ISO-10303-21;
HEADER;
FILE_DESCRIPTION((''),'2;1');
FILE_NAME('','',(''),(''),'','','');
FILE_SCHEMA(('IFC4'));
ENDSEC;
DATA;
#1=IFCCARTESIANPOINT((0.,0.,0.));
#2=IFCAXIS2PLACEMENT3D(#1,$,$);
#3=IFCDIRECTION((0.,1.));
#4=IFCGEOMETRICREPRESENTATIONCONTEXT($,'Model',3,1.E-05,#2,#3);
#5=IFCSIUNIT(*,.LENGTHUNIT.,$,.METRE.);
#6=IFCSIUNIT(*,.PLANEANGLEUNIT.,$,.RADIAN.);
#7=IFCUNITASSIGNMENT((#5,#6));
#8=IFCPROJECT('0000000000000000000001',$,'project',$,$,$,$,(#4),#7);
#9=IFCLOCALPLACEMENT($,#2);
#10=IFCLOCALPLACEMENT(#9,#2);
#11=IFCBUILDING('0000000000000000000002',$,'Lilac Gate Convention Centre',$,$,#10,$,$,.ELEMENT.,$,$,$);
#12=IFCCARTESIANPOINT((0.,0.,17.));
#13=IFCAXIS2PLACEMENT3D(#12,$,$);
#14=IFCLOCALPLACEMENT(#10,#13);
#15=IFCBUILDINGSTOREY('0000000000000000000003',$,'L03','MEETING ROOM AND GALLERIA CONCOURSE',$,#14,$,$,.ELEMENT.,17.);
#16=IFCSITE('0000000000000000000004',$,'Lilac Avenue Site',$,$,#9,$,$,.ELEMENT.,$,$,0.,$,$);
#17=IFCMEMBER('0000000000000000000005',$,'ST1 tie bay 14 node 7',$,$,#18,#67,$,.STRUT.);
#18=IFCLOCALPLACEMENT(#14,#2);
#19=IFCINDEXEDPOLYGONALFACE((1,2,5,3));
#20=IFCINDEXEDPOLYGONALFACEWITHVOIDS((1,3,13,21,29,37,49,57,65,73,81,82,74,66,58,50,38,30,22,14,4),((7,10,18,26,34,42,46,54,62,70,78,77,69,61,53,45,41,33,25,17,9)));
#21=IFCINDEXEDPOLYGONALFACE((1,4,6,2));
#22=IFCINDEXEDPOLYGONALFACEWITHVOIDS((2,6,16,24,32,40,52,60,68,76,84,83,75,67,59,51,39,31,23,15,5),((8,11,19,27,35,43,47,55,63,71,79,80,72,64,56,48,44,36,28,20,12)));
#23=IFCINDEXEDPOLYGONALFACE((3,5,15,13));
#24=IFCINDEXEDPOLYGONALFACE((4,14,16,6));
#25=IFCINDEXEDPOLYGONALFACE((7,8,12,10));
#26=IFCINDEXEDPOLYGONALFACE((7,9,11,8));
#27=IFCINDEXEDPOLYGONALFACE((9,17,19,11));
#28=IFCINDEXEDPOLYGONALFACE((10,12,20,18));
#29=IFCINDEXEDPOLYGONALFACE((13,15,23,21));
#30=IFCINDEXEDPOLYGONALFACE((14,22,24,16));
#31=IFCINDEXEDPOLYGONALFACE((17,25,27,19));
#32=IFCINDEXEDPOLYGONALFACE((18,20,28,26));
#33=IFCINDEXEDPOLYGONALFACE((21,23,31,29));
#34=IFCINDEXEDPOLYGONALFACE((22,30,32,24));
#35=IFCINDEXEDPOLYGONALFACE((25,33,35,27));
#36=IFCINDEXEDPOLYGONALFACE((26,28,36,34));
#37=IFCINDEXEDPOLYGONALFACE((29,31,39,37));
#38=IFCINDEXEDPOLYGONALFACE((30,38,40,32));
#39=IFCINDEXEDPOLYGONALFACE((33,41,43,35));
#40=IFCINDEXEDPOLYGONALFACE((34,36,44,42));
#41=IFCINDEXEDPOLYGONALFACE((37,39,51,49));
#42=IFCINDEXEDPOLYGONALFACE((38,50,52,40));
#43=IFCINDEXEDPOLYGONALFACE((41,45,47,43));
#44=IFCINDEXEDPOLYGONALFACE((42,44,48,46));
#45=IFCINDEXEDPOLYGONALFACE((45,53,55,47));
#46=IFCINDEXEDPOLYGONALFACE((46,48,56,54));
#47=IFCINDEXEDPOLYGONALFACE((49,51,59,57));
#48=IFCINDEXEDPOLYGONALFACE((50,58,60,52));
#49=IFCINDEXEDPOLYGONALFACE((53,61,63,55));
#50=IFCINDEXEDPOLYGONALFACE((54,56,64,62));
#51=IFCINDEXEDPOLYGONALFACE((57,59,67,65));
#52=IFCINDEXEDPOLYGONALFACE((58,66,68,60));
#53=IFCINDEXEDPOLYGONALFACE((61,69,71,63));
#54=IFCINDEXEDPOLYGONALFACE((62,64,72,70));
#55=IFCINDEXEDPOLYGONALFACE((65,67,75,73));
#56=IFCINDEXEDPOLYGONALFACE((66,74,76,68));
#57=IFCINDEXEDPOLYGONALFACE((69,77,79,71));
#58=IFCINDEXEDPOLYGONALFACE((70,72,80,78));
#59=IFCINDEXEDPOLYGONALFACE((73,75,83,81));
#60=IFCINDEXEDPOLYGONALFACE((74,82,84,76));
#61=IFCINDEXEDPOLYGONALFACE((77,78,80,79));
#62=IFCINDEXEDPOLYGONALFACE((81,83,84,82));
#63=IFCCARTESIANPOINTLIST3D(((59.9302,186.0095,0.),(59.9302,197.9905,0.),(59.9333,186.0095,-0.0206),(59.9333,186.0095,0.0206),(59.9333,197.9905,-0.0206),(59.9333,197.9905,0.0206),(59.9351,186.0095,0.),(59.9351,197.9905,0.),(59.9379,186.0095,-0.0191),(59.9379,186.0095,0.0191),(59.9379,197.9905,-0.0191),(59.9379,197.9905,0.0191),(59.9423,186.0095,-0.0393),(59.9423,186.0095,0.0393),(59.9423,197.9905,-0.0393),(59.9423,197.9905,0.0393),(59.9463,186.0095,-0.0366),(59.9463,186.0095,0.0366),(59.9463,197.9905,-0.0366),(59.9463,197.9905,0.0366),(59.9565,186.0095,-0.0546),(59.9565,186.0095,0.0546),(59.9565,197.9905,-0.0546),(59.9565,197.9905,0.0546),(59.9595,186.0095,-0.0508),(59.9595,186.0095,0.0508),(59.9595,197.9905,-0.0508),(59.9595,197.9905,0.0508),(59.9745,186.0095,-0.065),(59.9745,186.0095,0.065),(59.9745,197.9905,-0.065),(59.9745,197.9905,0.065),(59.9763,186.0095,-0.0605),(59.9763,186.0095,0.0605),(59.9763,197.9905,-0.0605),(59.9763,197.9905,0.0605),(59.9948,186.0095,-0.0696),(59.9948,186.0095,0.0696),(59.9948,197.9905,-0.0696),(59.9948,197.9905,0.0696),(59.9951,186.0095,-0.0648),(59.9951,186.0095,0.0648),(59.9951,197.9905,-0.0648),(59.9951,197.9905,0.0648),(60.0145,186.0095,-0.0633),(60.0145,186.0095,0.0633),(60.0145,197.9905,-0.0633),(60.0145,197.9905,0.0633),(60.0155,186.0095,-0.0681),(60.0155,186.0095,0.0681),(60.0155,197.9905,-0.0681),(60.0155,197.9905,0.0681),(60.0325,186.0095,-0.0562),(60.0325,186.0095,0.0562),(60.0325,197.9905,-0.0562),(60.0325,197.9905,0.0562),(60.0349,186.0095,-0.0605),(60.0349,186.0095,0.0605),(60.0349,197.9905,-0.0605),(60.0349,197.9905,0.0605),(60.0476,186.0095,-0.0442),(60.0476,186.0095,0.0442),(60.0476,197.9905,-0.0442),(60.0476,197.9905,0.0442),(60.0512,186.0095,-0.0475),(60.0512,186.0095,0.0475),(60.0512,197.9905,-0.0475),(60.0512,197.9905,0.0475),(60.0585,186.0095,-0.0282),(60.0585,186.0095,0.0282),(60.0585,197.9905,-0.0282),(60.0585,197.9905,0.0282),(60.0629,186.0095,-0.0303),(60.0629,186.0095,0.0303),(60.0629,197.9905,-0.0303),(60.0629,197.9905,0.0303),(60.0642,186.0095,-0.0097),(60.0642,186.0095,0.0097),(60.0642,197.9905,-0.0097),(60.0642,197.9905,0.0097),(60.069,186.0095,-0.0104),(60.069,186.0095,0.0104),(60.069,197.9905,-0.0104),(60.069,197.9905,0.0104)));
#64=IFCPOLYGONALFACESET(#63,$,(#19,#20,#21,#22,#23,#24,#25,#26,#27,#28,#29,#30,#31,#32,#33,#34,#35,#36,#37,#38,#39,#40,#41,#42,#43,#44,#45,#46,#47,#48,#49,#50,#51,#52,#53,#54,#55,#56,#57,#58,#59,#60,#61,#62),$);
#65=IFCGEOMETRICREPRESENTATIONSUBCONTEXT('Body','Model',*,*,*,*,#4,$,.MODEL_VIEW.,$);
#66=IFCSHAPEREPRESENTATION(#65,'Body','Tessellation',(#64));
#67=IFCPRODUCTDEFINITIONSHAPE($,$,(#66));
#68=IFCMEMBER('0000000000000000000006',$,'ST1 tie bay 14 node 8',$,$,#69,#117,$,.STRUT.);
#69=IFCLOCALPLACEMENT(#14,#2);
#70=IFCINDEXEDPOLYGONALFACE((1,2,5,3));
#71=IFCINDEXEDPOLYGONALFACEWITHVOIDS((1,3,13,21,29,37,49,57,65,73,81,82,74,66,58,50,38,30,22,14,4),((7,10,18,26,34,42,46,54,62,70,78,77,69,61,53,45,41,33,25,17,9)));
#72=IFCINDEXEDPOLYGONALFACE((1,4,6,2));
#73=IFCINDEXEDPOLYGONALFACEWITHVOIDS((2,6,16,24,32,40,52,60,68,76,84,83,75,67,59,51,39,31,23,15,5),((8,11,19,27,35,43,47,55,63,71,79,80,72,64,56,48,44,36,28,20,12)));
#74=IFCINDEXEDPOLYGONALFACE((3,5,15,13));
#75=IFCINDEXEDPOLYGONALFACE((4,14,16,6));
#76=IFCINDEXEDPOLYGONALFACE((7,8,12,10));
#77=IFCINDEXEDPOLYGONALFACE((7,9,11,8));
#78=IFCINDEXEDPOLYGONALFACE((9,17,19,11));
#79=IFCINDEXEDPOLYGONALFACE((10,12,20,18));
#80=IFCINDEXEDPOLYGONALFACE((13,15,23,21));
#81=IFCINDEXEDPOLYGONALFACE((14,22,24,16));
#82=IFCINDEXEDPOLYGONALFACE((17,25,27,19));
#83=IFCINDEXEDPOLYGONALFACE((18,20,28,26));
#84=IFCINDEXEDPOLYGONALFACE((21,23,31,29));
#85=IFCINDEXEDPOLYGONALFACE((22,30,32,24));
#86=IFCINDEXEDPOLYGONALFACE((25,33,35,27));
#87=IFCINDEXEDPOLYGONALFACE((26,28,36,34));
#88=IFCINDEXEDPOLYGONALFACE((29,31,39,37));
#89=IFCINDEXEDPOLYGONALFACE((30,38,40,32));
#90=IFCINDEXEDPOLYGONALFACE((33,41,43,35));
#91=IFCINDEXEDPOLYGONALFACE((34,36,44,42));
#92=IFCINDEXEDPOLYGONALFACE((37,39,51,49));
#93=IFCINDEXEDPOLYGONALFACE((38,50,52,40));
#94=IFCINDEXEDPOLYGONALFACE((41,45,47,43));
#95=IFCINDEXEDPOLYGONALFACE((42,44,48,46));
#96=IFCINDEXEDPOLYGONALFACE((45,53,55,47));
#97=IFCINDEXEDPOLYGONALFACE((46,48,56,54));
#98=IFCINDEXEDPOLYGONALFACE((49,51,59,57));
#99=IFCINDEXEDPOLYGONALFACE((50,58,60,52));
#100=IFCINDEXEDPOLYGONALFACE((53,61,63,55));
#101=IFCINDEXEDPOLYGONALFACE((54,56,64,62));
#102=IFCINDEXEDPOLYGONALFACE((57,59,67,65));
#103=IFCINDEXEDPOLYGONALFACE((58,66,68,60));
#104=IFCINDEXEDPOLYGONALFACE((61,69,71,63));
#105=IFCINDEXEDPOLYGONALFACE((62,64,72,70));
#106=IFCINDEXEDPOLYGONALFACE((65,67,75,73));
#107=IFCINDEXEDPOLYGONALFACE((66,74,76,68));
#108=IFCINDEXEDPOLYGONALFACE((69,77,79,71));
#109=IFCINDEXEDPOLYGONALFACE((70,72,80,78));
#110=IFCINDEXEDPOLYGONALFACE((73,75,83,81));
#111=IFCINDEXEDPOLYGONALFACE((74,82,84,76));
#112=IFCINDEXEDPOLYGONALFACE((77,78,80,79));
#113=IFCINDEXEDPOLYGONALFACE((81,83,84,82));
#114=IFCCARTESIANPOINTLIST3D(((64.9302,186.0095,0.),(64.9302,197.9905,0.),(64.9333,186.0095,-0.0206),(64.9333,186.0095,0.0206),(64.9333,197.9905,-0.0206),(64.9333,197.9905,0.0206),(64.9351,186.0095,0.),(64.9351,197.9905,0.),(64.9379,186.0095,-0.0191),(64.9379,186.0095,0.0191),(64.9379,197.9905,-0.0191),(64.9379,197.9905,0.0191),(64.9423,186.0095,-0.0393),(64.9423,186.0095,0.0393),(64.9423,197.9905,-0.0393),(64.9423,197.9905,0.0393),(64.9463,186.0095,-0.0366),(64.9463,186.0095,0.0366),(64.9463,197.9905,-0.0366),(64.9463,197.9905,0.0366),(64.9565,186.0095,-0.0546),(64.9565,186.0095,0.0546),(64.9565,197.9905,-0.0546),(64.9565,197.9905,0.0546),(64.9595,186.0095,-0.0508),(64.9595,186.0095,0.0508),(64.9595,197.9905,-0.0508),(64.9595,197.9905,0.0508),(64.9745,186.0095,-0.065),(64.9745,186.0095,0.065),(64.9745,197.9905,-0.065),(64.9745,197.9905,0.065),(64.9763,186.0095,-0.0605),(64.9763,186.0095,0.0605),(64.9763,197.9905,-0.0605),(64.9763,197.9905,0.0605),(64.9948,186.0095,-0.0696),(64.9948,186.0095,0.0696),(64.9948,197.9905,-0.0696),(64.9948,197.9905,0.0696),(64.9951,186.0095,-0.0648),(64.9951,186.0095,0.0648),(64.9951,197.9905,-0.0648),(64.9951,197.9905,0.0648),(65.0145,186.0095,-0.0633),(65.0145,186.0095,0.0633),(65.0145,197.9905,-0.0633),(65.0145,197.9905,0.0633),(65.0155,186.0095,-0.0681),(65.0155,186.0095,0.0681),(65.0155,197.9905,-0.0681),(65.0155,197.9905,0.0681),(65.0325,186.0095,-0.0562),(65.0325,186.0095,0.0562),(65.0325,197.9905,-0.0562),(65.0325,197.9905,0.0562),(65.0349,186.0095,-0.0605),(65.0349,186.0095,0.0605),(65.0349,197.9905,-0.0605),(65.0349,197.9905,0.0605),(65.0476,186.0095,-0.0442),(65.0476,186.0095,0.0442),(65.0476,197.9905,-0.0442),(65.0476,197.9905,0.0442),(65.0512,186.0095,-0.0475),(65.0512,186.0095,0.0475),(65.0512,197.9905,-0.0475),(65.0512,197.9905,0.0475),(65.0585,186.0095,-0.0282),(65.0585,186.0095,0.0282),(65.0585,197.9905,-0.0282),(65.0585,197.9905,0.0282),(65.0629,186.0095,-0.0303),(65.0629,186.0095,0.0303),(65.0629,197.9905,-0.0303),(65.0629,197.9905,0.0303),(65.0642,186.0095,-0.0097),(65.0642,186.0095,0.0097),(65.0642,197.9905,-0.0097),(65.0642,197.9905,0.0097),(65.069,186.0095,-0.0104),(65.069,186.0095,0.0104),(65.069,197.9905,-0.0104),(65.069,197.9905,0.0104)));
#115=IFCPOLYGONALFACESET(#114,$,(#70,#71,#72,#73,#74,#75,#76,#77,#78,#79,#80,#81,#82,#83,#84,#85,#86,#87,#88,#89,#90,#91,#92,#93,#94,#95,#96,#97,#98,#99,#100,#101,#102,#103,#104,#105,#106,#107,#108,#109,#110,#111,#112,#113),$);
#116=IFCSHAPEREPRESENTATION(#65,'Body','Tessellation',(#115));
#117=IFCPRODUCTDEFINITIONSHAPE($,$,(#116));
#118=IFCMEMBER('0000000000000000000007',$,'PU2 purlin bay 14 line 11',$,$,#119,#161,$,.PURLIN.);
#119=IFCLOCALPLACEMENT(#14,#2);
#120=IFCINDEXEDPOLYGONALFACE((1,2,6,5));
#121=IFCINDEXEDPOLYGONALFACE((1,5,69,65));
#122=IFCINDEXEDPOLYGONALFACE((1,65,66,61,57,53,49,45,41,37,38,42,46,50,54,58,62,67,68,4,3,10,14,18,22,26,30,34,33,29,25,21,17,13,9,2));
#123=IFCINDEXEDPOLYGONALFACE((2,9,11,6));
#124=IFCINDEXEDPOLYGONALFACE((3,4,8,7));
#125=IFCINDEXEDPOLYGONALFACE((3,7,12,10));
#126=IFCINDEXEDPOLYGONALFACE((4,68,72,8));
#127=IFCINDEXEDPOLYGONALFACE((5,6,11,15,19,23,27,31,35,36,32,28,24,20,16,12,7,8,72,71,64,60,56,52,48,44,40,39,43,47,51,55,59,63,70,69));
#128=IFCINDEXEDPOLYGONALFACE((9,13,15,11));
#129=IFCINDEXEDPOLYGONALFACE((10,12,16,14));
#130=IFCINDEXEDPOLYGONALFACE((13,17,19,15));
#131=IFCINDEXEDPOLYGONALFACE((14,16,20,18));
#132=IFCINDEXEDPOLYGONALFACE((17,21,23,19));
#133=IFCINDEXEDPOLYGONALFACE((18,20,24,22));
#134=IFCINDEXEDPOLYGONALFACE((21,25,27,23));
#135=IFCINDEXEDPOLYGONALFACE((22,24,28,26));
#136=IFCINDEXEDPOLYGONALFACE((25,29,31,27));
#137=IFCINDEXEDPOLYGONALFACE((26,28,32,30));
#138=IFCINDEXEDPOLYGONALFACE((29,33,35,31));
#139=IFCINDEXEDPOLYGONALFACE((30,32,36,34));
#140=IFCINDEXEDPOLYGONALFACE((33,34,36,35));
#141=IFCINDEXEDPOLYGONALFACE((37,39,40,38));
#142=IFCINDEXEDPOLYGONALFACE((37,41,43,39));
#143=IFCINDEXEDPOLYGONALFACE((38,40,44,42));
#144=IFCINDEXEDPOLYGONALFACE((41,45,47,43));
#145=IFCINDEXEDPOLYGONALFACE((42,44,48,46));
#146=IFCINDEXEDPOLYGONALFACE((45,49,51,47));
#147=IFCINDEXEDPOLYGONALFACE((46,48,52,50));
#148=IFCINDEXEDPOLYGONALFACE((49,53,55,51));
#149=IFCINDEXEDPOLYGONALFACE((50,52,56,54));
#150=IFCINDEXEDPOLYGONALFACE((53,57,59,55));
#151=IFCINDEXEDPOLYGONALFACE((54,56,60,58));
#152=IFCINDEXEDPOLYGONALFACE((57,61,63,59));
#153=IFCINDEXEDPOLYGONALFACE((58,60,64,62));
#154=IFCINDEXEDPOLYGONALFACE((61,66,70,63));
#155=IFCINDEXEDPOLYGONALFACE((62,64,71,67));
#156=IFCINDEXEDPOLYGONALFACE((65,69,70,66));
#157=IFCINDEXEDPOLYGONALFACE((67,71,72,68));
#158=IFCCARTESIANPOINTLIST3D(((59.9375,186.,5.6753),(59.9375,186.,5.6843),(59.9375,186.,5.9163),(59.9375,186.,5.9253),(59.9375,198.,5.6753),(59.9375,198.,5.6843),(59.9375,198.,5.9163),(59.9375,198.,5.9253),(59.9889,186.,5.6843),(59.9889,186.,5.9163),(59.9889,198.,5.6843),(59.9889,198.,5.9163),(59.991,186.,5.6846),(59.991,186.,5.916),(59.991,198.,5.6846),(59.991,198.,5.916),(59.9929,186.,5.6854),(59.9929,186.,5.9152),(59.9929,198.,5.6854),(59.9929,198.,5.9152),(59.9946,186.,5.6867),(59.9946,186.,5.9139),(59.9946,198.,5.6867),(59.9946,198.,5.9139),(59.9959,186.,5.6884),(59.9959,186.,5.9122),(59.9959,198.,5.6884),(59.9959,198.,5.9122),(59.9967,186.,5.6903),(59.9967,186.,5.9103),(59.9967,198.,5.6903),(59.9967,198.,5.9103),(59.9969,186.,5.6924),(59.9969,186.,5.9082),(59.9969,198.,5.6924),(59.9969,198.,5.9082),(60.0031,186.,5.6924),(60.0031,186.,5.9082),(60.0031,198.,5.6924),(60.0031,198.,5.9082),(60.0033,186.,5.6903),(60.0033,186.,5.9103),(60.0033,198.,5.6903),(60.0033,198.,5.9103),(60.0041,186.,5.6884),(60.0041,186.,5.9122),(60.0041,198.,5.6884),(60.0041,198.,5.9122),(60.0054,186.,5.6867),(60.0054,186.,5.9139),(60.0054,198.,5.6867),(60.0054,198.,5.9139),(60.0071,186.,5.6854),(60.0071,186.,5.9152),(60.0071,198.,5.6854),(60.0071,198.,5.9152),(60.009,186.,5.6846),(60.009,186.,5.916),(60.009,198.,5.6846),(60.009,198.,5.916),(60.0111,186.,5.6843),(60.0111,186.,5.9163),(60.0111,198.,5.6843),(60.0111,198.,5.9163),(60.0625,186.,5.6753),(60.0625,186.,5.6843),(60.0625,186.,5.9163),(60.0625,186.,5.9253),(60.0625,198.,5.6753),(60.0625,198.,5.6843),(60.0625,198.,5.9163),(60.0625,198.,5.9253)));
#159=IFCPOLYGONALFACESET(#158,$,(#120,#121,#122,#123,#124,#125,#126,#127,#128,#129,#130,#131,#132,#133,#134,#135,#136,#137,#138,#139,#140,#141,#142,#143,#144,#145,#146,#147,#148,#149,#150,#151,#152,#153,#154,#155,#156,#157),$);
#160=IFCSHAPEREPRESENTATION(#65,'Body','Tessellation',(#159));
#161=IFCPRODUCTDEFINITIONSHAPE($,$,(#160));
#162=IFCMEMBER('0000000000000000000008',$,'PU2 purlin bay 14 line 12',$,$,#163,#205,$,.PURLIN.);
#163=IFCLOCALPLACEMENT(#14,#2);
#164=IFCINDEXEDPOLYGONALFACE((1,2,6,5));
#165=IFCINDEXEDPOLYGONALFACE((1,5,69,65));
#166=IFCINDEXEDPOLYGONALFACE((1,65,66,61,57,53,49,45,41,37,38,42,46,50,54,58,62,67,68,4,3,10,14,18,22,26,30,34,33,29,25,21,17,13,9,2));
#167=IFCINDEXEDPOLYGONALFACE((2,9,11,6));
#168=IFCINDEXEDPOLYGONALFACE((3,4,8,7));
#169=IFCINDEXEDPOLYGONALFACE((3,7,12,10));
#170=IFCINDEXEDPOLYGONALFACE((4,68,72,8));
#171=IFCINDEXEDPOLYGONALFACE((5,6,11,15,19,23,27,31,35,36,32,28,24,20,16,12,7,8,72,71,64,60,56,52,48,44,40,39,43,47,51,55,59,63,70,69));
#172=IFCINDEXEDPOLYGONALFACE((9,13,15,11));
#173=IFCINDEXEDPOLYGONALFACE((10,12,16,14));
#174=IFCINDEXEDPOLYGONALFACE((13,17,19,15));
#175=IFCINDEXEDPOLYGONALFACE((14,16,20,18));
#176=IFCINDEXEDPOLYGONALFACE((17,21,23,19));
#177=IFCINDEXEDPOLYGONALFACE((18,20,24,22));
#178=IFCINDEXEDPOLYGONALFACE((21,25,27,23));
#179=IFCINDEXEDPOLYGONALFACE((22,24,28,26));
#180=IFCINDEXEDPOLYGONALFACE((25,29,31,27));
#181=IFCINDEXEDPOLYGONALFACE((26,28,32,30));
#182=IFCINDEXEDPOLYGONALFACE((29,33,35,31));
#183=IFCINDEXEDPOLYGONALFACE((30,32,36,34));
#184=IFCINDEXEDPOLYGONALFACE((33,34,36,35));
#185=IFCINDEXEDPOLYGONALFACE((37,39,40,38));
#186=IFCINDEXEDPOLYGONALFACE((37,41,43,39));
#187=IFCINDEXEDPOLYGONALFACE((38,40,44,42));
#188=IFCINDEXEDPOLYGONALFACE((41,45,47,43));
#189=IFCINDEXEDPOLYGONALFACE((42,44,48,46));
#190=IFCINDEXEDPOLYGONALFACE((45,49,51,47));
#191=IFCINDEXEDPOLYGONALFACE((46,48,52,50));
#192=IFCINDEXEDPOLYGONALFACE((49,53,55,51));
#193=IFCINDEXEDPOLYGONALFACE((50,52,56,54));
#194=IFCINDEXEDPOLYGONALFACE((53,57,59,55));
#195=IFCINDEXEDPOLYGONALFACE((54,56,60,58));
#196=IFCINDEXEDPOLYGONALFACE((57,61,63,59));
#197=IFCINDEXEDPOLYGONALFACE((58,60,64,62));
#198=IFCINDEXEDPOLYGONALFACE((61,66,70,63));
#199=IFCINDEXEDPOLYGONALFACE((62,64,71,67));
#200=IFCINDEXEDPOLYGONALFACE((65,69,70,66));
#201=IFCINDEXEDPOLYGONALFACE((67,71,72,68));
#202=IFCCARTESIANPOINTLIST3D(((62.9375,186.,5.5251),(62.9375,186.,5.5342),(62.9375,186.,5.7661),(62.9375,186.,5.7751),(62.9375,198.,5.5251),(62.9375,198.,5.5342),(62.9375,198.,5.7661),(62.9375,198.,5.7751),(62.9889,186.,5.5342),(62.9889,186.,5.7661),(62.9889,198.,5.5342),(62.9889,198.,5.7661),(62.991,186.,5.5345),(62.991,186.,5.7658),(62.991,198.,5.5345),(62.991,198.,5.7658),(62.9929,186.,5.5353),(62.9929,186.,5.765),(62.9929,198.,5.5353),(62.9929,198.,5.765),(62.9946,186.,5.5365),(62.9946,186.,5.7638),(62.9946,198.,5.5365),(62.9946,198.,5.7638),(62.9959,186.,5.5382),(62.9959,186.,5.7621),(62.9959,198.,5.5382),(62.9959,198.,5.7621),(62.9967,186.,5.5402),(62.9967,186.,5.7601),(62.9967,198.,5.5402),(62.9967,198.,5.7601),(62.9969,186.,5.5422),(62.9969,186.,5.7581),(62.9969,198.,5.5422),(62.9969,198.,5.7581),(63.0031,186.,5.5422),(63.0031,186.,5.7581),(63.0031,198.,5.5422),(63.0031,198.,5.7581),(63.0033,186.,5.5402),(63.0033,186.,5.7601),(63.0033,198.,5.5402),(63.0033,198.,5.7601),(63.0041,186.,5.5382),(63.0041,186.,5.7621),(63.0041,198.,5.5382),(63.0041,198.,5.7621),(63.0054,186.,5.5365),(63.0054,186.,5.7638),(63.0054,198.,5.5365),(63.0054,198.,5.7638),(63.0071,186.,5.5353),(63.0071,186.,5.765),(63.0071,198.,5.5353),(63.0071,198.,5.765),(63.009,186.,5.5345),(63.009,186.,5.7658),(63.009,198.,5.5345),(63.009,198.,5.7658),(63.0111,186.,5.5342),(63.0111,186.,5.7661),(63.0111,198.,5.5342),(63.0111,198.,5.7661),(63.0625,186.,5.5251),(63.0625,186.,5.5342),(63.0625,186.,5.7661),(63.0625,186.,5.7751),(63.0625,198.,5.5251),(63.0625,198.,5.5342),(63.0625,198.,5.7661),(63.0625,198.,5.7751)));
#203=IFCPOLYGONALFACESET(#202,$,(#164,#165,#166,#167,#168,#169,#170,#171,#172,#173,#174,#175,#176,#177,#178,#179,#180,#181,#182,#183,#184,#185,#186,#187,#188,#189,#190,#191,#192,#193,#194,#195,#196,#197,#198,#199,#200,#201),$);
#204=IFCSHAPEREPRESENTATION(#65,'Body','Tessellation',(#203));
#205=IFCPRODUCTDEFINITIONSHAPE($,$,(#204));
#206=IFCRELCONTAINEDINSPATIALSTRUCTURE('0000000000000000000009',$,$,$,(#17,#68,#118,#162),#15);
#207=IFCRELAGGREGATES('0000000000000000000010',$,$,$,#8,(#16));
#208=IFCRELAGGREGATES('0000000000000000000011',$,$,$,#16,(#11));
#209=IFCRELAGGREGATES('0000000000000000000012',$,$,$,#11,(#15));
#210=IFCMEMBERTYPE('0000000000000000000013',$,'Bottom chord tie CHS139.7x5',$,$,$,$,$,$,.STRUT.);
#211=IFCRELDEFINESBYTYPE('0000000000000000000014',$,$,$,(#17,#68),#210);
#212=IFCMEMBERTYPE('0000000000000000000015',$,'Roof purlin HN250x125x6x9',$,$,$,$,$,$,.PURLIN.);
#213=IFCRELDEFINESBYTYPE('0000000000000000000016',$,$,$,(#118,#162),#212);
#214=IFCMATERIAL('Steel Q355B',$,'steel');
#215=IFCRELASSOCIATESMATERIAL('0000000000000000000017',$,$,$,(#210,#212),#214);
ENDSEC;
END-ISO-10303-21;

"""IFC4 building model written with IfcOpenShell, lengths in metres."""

from ifc_helpers import new_model, si_unit, direction, frame, origin, origin_2d, place, context, subcontext, project, spatial, hollow_circle, i_section, extrude, material, material_profile, profile_set, type_object, element, save


model = new_model("IFC4")

# Units and contexts
model_context = context("Model", 3, precision=1e-05, world=origin(), true_north=direction((0.0, 1.0)))
body_context = subcontext(model_context, "Body", "Model", "MODEL_VIEW")
ifc_project = project(units=[si_unit("LENGTHUNIT", "METRE"), si_unit("PLANEANGLEUNIT", "RADIAN")], contexts=[model_context])

# Site, building, storey
site_placement = place(None, origin())
site = spatial("IfcSite", under=ifc_project, at=site_placement, Name="Lilac Avenue Site", CompositionType="ELEMENT", RefElevation=0.0)
building_placement = place(site_placement, origin())
building = spatial("IfcBuilding", under=site, at=building_placement, Name="Lilac Gate Convention Centre", CompositionType="ELEMENT")
storey_placement = place(building_placement, frame((0.0, 0.0, 17.0)))
storey = spatial("IfcBuildingStorey", under=building, at=storey_placement, Name="L03", Description="MEETING ROOM AND GALLERIA CONCOURSE", CompositionType="ELEMENT", Elevation=17.0)

# Members
ifc_material = material(Name="Steel Q355B", Category="steel")
ifc_material_profile_1 = material_profile(ifc_material, hollow_circle(Radius=0.0698, WallThickness=0.0049, at=origin_2d()), Name="CHS139.7x5")
ifc_profile_set_1 = profile_set([ifc_material_profile_1], Name="Steel Q355B")
member_type_1 = type_object("IfcMemberType", Name="Bottom chord tie CHS139.7x5", PredefinedType="STRUT", material=ifc_profile_set_1)
for number, where, z_axis, x_axis, name in (
    (1, (60.0, 186.0095, 0.0), (0.0, 1.0, 0.0), (-1.0, 0.0, 0.0), "ST1 tie bay 14 node 7"),
    (2, (65.0, 186.0095, 0.0), (0.0, 1.0, 0.0), (-1.0, 0.0, 0.0), "ST1 tie bay 14 node 8"),
):
    element("IfcMember", number, at=place(storey_placement, frame(where, z_axis=z_axis, x_axis=x_axis)), inside=storey, type_object=member_type_1, Name=name, PredefinedType="STRUT", context=body_context, shape_type="SweptSolid", body=[
        extrude(hollow_circle(Radius=0.0698, WallThickness=0.0049, at=origin_2d()), origin(), (0.0, 0.0, 1.0), 11.981),
    ])
ifc_material_profile_2 = material_profile(ifc_material, i_section(OverallWidth=0.125, OverallDepth=0.25, WebThickness=0.0061, FlangeThickness=0.009, FilletRadius=0.0081, at=origin_2d()), Name="HN250x125x6x9")
ifc_profile_set_2 = profile_set([ifc_material_profile_2], Name="Steel Q355B")
member_type_2 = type_object("IfcMemberType", Name="Roof purlin HN250x125x6x9", PredefinedType="PURLIN", material=ifc_profile_set_2)
for number, where, z_axis, x_axis, name in (
    (3, (60.0, 186.0, 5.8003), (0.0, 1.0, 0.0), (-1.0, 0.0, 0.0), "PU2 purlin bay 14 line 11"),
    (4, (63.0, 186.0, 5.6501), (0.0, 1.0, 0.0), (-1.0, 0.0, 0.0), "PU2 purlin bay 14 line 12"),
):
    element("IfcMember", number, at=place(storey_placement, frame(where, z_axis=z_axis, x_axis=x_axis)), inside=storey, type_object=member_type_2, Name=name, PredefinedType="PURLIN", context=body_context, shape_type="SweptSolid", body=[
        extrude(i_section(OverallWidth=0.125, OverallDepth=0.25, WebThickness=0.0061, FlangeThickness=0.009, FilletRadius=0.0081, at=origin_2d()), origin(), (0.0, 0.0, 1.0), 12.0),
    ])

save(model, "model.ifc")
